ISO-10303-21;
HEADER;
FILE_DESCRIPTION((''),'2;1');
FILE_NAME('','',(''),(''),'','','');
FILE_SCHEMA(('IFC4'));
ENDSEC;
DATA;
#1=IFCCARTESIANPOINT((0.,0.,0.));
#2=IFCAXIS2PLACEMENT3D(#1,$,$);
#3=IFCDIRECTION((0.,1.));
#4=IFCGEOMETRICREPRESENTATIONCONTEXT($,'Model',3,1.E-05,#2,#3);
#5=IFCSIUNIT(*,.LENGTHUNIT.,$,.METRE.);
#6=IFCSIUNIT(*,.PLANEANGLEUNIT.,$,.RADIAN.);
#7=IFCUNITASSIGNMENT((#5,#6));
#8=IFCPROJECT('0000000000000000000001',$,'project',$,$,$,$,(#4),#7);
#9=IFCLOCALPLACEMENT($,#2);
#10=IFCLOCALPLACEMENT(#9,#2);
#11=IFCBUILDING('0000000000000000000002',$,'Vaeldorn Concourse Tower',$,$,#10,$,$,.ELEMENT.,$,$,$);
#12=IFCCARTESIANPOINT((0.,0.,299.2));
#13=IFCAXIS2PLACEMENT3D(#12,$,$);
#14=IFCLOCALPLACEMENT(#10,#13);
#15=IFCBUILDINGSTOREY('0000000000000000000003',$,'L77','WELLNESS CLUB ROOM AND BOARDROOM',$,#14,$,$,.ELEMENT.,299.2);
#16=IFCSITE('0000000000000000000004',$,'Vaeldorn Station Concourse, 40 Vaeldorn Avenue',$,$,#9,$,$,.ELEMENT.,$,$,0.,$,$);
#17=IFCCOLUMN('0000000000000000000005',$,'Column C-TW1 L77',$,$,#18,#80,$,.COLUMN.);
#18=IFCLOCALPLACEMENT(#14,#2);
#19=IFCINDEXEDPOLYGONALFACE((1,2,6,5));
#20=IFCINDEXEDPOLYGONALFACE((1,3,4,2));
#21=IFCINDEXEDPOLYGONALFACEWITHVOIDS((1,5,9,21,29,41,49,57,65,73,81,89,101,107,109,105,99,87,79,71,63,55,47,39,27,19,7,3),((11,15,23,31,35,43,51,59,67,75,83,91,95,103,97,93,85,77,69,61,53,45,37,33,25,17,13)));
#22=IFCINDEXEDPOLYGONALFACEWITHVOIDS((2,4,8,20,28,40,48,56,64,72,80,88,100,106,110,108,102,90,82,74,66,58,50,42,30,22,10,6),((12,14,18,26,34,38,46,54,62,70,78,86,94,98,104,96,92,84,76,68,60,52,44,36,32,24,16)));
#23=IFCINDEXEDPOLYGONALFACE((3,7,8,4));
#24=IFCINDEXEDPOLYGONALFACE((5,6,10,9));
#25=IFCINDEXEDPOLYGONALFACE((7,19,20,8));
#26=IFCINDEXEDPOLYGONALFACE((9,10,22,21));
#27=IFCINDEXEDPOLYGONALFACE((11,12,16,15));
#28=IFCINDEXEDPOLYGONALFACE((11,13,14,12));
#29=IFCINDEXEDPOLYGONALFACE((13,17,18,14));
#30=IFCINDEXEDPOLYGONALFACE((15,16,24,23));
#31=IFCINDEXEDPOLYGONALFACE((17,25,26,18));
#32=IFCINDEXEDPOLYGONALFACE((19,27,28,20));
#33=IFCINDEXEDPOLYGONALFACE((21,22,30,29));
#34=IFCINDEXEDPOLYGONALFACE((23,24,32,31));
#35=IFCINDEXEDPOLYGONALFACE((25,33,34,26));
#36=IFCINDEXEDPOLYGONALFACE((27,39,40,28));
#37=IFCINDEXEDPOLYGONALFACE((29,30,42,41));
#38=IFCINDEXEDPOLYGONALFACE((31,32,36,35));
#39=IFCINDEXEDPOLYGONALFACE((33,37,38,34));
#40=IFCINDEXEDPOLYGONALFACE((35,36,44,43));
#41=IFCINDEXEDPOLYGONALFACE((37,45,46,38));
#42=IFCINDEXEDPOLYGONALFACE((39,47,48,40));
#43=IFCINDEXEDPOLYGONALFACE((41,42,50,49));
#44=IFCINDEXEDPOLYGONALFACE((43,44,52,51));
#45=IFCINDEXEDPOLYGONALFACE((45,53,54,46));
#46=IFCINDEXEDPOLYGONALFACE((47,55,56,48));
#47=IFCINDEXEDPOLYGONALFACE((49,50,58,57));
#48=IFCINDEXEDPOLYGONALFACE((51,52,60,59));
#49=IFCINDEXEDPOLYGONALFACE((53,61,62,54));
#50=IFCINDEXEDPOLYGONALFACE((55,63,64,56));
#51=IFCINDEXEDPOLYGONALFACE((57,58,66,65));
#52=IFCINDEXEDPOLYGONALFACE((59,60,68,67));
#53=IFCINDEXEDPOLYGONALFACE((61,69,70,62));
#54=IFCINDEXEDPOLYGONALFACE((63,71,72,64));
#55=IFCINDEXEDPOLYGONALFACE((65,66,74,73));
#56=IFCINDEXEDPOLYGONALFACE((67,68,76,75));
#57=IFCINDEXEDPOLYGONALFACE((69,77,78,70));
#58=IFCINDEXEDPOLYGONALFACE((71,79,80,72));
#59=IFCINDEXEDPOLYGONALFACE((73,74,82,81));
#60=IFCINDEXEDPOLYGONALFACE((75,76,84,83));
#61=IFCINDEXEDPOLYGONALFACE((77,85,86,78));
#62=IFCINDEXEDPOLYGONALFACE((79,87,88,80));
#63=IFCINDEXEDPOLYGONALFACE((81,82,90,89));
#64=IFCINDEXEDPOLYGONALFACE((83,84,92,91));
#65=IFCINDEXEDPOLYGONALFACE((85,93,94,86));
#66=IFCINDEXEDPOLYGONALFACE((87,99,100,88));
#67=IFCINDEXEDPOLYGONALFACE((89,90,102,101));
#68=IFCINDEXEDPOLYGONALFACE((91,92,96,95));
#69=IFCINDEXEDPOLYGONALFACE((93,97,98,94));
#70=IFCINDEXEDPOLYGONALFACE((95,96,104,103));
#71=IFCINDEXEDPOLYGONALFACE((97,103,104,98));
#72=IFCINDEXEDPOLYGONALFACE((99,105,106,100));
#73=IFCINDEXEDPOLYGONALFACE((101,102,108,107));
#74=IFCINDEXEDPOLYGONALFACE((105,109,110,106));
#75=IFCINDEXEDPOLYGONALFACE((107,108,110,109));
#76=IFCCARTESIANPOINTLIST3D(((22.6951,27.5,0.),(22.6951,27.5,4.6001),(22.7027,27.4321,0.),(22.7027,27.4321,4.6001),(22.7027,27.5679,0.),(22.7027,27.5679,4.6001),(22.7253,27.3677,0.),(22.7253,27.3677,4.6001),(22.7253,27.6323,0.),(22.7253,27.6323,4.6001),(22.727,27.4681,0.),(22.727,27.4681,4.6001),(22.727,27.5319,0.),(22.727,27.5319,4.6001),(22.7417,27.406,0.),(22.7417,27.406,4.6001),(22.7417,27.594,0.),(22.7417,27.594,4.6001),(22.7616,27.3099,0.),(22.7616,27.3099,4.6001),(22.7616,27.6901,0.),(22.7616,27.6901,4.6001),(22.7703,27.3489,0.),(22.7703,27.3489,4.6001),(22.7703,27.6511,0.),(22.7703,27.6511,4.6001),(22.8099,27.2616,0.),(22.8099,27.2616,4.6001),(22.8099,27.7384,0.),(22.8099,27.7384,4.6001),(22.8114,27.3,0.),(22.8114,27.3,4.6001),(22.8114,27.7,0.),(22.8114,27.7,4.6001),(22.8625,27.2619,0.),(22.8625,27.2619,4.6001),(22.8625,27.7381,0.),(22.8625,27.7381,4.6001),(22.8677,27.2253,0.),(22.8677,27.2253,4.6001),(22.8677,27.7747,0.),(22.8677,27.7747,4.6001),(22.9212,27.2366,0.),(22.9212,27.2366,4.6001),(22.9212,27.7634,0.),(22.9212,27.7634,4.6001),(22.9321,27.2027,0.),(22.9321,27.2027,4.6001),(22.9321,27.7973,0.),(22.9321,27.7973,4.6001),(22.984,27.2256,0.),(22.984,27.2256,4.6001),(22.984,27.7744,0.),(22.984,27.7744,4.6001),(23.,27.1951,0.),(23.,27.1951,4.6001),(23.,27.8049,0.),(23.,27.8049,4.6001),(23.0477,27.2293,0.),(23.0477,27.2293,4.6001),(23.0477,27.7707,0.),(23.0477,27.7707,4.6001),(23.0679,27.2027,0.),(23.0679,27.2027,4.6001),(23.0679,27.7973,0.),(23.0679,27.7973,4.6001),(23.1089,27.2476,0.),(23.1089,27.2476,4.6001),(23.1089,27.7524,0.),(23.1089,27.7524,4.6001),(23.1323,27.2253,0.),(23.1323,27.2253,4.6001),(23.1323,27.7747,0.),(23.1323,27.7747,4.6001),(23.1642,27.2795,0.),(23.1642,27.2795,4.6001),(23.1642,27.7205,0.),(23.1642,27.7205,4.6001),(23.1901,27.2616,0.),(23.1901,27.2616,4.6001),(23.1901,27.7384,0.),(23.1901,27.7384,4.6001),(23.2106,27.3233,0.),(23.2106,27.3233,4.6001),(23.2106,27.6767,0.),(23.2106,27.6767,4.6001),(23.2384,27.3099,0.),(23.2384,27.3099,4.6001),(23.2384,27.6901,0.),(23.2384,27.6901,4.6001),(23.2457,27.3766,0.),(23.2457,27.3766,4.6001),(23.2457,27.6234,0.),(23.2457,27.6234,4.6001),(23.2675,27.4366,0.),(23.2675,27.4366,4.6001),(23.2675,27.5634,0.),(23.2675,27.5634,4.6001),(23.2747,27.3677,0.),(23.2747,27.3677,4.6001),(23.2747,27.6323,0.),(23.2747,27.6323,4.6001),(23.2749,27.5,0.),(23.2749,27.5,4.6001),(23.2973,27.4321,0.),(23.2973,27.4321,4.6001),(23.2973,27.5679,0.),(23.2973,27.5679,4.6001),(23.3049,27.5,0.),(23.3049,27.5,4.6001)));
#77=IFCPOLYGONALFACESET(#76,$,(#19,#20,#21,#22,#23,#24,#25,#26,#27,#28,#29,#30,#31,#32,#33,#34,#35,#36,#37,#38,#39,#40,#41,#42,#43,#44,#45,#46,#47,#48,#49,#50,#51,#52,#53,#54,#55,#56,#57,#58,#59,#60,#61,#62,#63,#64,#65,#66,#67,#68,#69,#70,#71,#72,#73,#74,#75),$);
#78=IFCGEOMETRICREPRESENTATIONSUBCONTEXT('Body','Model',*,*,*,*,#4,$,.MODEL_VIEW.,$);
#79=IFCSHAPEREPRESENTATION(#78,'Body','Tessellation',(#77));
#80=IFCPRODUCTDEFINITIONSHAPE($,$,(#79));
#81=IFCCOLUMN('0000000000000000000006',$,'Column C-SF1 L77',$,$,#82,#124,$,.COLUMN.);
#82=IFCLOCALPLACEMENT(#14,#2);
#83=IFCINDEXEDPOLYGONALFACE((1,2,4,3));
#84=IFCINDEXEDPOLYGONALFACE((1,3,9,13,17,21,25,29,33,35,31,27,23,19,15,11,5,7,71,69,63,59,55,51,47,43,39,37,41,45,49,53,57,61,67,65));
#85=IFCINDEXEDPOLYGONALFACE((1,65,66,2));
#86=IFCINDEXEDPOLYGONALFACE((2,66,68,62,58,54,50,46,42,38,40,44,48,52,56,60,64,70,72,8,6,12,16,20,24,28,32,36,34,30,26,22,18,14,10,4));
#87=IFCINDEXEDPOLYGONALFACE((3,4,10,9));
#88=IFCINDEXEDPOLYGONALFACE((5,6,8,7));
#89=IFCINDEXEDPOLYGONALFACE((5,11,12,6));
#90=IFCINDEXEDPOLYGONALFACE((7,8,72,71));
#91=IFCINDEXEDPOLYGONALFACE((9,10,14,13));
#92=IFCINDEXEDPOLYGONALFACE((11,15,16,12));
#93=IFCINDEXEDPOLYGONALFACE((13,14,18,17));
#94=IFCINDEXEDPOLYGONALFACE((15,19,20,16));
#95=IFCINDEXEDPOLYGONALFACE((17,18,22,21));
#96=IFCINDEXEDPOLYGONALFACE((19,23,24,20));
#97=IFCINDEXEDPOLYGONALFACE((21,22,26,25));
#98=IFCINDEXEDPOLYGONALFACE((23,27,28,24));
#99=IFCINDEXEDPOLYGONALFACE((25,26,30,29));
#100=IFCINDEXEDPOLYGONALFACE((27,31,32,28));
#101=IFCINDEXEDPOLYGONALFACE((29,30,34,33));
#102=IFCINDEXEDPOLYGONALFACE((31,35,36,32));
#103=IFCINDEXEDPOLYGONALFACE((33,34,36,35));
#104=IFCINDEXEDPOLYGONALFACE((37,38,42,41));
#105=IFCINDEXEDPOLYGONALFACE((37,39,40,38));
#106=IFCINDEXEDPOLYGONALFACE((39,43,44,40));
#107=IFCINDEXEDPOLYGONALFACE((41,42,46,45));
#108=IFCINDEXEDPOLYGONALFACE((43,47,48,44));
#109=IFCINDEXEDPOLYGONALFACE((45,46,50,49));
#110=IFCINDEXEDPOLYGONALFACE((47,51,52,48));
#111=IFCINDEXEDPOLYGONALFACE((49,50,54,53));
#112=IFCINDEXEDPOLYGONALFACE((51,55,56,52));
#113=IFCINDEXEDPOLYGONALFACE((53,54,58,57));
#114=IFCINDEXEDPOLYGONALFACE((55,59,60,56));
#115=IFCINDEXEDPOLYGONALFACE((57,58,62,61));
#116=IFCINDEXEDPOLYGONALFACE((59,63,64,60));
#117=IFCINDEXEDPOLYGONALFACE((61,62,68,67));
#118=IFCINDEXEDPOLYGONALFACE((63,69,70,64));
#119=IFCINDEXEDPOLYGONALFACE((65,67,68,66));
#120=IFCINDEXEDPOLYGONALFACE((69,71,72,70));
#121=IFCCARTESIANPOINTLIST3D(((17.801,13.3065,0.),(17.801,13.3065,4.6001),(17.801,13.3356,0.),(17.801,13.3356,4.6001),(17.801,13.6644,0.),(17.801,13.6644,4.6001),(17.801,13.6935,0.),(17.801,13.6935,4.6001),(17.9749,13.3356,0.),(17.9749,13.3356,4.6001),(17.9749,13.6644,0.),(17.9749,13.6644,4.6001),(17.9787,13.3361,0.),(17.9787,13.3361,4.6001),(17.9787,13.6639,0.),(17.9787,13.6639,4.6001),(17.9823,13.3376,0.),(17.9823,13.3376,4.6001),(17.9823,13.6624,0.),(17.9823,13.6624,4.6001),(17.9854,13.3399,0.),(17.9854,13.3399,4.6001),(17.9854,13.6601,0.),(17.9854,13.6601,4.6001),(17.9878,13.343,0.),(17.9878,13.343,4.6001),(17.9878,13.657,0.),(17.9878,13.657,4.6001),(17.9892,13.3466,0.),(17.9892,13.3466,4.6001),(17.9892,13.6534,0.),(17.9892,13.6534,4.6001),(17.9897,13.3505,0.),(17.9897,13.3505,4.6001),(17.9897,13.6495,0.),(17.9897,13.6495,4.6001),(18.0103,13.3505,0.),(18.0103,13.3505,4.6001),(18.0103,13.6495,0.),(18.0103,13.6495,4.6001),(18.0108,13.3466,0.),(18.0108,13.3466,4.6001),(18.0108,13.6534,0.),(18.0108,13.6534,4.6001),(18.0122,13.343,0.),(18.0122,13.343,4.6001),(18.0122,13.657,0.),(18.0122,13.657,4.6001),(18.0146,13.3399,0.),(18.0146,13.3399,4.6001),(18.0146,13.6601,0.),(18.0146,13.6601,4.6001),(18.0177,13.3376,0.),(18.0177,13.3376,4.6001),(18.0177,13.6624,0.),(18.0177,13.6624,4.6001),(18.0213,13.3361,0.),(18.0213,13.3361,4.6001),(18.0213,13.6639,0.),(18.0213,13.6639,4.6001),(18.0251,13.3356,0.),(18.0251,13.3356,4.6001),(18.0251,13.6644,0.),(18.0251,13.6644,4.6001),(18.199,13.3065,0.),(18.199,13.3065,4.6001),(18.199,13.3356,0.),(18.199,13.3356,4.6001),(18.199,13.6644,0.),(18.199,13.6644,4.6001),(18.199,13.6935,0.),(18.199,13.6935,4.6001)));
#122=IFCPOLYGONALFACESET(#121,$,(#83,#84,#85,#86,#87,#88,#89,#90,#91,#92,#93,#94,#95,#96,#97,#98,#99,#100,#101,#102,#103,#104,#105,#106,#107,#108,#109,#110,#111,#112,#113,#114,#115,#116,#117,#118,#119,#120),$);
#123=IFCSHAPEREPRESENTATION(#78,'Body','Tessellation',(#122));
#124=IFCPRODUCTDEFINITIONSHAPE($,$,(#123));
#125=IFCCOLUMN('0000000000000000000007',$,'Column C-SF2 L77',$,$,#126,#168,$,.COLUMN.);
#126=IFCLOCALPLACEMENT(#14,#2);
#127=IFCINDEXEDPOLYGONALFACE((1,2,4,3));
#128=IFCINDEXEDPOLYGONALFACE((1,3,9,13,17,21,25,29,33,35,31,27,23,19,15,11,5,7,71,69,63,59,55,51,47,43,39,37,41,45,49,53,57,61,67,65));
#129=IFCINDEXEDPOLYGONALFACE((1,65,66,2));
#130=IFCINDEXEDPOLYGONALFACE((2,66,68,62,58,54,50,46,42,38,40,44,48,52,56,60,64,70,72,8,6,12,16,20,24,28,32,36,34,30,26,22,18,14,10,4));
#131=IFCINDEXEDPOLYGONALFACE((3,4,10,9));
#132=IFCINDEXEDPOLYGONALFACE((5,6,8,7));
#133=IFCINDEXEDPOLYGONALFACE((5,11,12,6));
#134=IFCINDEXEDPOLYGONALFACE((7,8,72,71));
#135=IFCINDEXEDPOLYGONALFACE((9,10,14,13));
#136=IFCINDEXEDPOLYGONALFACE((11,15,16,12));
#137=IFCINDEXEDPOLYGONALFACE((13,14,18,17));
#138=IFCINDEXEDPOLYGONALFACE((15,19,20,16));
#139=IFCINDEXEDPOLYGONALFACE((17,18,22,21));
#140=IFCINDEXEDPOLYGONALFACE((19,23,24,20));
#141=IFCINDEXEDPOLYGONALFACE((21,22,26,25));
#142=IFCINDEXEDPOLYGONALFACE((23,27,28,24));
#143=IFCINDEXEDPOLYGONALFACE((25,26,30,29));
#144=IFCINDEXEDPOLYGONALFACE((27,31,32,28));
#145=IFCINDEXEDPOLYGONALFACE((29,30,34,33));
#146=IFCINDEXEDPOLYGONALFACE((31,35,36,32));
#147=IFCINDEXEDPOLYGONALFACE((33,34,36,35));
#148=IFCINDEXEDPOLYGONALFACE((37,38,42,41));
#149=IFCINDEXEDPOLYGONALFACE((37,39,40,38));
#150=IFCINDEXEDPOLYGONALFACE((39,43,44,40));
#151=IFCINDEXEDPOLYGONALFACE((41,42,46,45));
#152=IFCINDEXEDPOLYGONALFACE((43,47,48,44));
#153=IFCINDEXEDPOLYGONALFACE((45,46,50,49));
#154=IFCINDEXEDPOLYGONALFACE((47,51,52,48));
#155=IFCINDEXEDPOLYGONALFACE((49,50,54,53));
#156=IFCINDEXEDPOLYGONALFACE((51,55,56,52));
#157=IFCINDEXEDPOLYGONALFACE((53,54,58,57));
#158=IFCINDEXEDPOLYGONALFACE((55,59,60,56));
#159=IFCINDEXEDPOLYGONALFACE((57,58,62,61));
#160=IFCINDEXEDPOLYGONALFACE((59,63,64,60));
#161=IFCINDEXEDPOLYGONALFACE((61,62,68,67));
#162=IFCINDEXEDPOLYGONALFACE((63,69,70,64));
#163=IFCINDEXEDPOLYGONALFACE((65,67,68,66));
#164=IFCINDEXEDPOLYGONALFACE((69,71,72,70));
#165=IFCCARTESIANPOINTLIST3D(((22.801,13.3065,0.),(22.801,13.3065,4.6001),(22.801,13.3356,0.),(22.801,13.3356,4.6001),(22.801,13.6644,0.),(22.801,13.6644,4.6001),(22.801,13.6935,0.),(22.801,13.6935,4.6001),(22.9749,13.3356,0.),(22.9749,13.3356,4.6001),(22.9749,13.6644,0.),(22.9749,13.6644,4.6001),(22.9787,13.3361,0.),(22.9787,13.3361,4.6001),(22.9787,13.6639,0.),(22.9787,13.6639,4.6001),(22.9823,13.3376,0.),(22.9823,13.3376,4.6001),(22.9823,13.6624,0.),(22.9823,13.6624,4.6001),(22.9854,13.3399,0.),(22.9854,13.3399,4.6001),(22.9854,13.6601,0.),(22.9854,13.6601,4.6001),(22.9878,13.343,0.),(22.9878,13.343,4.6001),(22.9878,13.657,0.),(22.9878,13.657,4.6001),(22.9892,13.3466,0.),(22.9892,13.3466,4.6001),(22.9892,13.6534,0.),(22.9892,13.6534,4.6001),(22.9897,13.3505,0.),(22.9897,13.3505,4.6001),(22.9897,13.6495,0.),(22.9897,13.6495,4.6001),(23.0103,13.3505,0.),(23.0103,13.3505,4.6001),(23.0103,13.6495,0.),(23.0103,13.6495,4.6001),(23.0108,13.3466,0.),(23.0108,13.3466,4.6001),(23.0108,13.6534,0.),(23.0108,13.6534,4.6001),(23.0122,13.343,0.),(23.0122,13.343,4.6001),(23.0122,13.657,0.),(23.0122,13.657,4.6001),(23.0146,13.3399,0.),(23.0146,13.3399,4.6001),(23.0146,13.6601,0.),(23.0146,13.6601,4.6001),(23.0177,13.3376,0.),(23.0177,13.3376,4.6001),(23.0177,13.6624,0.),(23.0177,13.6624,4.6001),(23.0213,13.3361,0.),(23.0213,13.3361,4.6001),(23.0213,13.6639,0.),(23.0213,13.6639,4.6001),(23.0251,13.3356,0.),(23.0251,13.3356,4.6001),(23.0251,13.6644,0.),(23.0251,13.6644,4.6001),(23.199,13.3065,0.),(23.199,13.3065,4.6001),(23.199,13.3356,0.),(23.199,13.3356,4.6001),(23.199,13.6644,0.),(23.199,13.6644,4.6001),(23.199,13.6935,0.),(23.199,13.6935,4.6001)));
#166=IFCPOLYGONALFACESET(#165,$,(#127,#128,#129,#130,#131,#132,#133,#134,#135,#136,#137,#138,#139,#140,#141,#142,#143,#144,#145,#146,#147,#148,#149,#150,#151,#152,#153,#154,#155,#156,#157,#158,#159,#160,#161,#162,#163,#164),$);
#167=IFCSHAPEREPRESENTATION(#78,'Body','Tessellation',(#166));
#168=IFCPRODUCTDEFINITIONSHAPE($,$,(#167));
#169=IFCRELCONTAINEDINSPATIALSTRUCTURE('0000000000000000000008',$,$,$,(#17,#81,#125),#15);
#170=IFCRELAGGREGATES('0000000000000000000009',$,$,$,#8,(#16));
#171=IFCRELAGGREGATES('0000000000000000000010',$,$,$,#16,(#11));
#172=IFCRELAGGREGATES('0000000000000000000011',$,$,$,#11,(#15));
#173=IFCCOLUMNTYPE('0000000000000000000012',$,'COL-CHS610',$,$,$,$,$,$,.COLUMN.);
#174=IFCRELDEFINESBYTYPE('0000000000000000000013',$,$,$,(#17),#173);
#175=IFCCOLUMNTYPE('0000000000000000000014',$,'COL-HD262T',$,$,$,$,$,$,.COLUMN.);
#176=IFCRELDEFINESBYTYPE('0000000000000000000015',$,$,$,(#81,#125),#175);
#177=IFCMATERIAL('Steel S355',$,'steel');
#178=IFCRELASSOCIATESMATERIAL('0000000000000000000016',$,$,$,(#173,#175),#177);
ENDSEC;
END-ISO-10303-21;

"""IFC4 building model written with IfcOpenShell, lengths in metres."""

from ifc_helpers import new_model, si_unit, direction, frame, origin, origin_2d, place, context, subcontext, project, spatial, hollow_circle, i_section, extrude, source, transform, mapped, material, material_profile, profile_set, type_object, element, save


model = new_model("IFC4")

# Units and contexts
model_context = context("Model", 3, precision=1e-05, world=origin(), true_north=direction((0.0, 1.0)))
body_context = subcontext(model_context, "Body", "Model", "MODEL_VIEW")
ifc_project = project(units=[si_unit("LENGTHUNIT", "METRE"), si_unit("PLANEANGLEUNIT", "RADIAN")], contexts=[model_context])

# Site, building, storey
site_placement = place(None, origin())
site = spatial("IfcSite", under=ifc_project, at=site_placement, Name="Vaeldorn Station Concourse, 40 Vaeldorn Avenue", CompositionType="ELEMENT", RefElevation=0.0)
building_placement = place(site_placement, origin())
building = spatial("IfcBuilding", under=site, at=building_placement, Name="Vaeldorn Concourse Tower", CompositionType="ELEMENT")
storey_placement = place(building_placement, frame((0.0, 0.0, 299.2)))
storey = spatial("IfcBuildingStorey", under=building, at=storey_placement, Name="L77", Description="WELLNESS CLUB ROOM AND BOARDROOM", CompositionType="ELEMENT", Elevation=299.2)

# Columns
ifc_material_1 = material(Name="Steel S355", Category="steel")
ifc_material_profile_1 = material_profile(ifc_material_1, hollow_circle(Radius=0.3049, WallThickness=0.03, at=origin_2d()), Name="CHS 610x30")
ifc_profile_set_1 = profile_set([ifc_material_profile_1], Name="Steel S355")
column_type_1 = type_object("IfcColumnType", Name="COL-CHS610", PredefinedType="COLUMN", material=ifc_profile_set_1)
shared_shape_1 = source(origin(), body_context, "Body", "SweptSolid", [
    extrude(hollow_circle(Radius=0.3049, WallThickness=0.03, at=origin_2d()), origin(), (0.0, 0.0, 1.0), 4.6001),
])
column_placement = place(storey_placement, frame((23.0, 27.5, 0.0), z_axis=(0.0, 0.0, 1.0), x_axis=(1.0, 0.0, 0.0)))
element("IfcColumn", 1, at=column_placement, inside=storey, type_object=column_type_1, Name="Column C-TW1 L77", PredefinedType="COLUMN", context=body_context, shape_type="MappedRepresentation", body=[
    mapped(shared_shape_1, transform((0.0, 0.0, 0.0), scale=1.0)),
])
ifc_material_profile_2 = material_profile(ifc_material_1, i_section(OverallWidth=0.3979, OverallDepth=0.387, WebThickness=0.0205, FlangeThickness=0.0291, FilletRadius=0.0149, at=origin_2d()), Name="HD 400x262")
ifc_profile_set_2 = profile_set([ifc_material_profile_2], Name="Steel S355")
column_type_2 = type_object("IfcColumnType", Name="COL-HD262T", PredefinedType="COLUMN", material=ifc_profile_set_2)
shared_shape_2 = source(origin(), body_context, "Body", "SweptSolid", [
    extrude(i_section(OverallWidth=0.3979, OverallDepth=0.387, WebThickness=0.0205, FlangeThickness=0.0291, FilletRadius=0.0149, at=origin_2d()), origin(), (0.0, 0.0, 1.0), 4.6001),
])
for number, where, z_axis, x_axis, name in (
    (2, (18.0, 13.5, 0.0), (0.0, 0.0, 1.0), (1.0, 0.0, 0.0), "Column C-SF1 L77"),
    (3, (23.0, 13.5, 0.0), (0.0, 0.0, 1.0), (1.0, 0.0, 0.0), "Column C-SF2 L77"),
):
    element("IfcColumn", number, at=place(storey_placement, frame(where, z_axis=z_axis, x_axis=x_axis)), inside=storey, type_object=column_type_2, Name=name, PredefinedType="COLUMN", context=body_context, shape_type="MappedRepresentation", body=[
        mapped(shared_shape_2, transform((0.0, 0.0, 0.0), scale=1.0)),
    ])

save(model, "model.ifc")
